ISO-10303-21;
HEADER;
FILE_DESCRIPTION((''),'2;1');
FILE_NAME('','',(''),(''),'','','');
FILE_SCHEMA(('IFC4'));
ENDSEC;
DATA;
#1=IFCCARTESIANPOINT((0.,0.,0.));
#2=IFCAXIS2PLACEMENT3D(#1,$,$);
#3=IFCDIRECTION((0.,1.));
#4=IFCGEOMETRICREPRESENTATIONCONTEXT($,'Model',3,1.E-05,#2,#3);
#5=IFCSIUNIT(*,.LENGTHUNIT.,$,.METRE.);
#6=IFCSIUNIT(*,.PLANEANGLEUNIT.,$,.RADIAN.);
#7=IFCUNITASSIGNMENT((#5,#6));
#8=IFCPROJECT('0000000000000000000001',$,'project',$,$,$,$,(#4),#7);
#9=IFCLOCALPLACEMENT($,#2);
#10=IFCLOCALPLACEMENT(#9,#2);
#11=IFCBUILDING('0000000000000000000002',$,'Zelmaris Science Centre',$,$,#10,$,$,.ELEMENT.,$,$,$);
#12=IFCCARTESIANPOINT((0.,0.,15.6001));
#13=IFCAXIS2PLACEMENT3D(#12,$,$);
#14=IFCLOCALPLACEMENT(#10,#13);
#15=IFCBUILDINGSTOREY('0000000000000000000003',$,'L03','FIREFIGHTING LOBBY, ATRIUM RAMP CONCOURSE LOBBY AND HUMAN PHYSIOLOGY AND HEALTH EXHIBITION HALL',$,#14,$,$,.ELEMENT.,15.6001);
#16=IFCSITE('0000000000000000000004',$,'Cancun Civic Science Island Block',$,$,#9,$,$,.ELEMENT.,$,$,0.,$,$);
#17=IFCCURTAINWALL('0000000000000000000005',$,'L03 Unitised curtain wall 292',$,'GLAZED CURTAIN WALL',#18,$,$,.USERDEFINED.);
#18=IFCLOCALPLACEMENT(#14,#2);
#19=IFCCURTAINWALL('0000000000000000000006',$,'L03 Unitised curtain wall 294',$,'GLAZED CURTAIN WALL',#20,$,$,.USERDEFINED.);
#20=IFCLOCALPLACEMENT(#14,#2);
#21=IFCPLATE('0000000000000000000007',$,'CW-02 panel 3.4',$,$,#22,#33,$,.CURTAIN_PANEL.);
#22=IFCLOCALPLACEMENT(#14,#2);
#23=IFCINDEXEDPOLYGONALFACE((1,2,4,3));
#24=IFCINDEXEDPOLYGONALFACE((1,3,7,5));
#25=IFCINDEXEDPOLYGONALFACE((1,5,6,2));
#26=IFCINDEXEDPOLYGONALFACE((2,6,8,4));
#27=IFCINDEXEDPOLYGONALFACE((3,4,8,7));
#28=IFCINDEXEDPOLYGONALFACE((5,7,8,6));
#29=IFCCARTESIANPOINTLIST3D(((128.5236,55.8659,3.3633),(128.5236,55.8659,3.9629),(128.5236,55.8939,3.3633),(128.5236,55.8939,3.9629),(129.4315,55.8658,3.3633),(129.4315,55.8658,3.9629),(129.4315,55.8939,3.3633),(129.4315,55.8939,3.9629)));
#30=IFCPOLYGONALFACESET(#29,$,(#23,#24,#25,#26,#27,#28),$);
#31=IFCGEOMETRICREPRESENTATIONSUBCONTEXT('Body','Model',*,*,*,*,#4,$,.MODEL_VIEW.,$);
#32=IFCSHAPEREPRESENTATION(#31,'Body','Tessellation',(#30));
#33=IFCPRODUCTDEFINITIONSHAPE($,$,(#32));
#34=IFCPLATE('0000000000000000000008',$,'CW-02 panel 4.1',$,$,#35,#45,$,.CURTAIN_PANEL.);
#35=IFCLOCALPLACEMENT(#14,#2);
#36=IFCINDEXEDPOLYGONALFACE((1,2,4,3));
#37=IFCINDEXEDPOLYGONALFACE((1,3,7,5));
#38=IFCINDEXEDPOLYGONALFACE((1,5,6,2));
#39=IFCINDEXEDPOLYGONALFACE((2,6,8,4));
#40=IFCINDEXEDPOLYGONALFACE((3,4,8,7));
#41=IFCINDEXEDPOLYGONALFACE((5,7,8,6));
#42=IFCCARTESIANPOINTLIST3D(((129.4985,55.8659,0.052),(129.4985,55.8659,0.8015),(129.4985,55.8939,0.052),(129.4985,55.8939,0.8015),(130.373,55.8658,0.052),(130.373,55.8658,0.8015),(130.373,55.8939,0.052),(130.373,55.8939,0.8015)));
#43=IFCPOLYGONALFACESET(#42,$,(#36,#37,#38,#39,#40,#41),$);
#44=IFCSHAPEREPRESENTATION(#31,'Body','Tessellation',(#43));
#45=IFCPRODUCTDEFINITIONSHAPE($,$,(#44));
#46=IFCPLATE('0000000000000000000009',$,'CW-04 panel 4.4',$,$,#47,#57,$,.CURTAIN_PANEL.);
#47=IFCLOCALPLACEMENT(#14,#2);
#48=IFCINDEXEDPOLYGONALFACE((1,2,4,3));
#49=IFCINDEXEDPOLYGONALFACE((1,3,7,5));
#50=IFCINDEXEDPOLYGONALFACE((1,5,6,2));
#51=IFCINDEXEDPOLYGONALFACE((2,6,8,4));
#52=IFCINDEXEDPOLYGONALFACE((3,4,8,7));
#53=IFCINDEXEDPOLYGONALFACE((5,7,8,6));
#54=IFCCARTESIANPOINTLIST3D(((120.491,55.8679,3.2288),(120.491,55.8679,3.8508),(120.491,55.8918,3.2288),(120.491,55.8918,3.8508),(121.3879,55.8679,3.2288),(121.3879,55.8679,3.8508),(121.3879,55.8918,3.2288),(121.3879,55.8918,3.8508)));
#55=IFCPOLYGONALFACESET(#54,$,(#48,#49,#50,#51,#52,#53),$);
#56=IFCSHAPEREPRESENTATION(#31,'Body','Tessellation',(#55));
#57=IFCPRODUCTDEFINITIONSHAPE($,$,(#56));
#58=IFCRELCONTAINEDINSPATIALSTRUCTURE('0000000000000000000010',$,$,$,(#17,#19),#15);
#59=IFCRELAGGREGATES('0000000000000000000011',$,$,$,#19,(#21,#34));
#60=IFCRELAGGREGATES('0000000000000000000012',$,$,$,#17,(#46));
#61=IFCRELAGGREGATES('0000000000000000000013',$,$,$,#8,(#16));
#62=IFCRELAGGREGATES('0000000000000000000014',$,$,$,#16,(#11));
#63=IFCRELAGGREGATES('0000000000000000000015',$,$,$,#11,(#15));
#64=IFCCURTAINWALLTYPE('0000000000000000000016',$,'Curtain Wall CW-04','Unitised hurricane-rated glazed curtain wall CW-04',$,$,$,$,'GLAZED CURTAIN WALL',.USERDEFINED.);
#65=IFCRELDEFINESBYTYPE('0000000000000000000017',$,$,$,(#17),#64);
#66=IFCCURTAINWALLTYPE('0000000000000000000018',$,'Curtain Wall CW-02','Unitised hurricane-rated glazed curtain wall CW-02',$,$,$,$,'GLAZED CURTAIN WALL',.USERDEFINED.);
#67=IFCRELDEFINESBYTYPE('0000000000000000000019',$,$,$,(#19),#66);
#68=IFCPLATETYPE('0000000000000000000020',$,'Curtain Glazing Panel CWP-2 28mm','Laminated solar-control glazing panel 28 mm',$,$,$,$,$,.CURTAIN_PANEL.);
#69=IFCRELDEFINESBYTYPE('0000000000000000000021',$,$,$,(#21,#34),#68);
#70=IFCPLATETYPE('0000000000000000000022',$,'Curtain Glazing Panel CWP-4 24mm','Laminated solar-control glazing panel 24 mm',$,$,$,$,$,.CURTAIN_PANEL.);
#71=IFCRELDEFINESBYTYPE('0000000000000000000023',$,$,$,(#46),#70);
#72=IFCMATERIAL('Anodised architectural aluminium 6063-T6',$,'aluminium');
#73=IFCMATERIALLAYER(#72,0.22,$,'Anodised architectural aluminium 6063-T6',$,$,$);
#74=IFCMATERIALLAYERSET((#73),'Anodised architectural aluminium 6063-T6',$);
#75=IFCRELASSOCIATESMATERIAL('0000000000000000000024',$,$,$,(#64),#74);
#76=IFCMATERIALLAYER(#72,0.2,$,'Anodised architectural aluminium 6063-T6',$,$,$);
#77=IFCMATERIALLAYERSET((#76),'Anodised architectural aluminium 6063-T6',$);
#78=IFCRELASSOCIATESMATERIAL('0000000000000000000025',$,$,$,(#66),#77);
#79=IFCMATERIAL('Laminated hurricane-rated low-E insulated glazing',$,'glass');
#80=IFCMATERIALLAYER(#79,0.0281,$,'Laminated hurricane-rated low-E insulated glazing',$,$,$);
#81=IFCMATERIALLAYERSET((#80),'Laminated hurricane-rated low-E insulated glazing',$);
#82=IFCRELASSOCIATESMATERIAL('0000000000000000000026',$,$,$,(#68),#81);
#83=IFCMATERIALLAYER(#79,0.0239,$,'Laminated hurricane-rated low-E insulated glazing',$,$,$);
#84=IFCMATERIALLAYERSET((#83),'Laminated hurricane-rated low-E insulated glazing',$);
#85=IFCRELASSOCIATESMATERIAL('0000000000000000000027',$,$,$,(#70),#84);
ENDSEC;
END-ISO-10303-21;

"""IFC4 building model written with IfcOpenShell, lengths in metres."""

from ifc_helpers import new_model, si_unit, direction, frame, origin, origin_2d, place, context, subcontext, project, spatial, rectangle, extrude, material, layer, layer_set, type_object, element, aggregate, save


model = new_model("IFC4")

# Units and contexts
model_context = context("Model", 3, precision=1e-05, world=origin(), true_north=direction((0.0, 1.0)))
body_context = subcontext(model_context, "Body", "Model", "MODEL_VIEW")
ifc_project = project(units=[si_unit("LENGTHUNIT", "METRE"), si_unit("PLANEANGLEUNIT", "RADIAN")], contexts=[model_context])

# Site, building, storey
site_placement = place(None, origin())
site = spatial("IfcSite", under=ifc_project, at=site_placement, Name="Cancun Civic Science Island Block", CompositionType="ELEMENT", RefElevation=0.0)
building_placement = place(site_placement, origin())
building = spatial("IfcBuilding", under=site, at=building_placement, Name="Zelmaris Science Centre", CompositionType="ELEMENT")
storey_placement = place(building_placement, frame((0.0, 0.0, 15.6001)))
storey = spatial("IfcBuildingStorey", under=building, at=storey_placement, Name="L03", Description="FIREFIGHTING LOBBY, ATRIUM RAMP CONCOURSE LOBBY AND HUMAN PHYSIOLOGY AND HEALTH EXHIBITION HALL", CompositionType="ELEMENT", Elevation=15.6001)

# Curtain wall
ifc_material_1 = material(Name="Anodised architectural aluminium 6063-T6", Category="aluminium")
ifc_layer_1 = layer(ifc_material_1, 0.22, Name="Anodised architectural aluminium 6063-T6")
ifc_layer_set_1 = layer_set([ifc_layer_1], Name="Anodised architectural aluminium 6063-T6")
curtain_wall_type_1 = type_object("IfcCurtainWallType", Name="Curtain Wall CW-04", Description="Unitised hurricane-rated glazed curtain wall CW-04", ElementType="GLAZED CURTAIN WALL", PredefinedType="USERDEFINED", material=ifc_layer_set_1)
curtain_wall_1_placement = place(storey_placement, origin())
curtain_wall_1 = element("IfcCurtainWall", 1, at=curtain_wall_1_placement, inside=storey, type_object=curtain_wall_type_1, Name="L03 Unitised curtain wall 292", ObjectType="GLAZED CURTAIN WALL", PredefinedType="USERDEFINED")

# Curtain wall, plates
ifc_layer_2 = layer(ifc_material_1, 0.2, Name="Anodised architectural aluminium 6063-T6")
ifc_layer_set_2 = layer_set([ifc_layer_2], Name="Anodised architectural aluminium 6063-T6")
curtain_wall_type_2 = type_object("IfcCurtainWallType", Name="Curtain Wall CW-02", Description="Unitised hurricane-rated glazed curtain wall CW-02", ElementType="GLAZED CURTAIN WALL", PredefinedType="USERDEFINED", material=ifc_layer_set_2)
curtain_wall_2_placement = place(storey_placement, origin())
curtain_wall_2 = element("IfcCurtainWall", 2, at=curtain_wall_2_placement, inside=storey, type_object=curtain_wall_type_2, Name="L03 Unitised curtain wall 294", ObjectType="GLAZED CURTAIN WALL", PredefinedType="USERDEFINED")
ifc_material_2 = material(Name="Laminated hurricane-rated low-E insulated glazing", Category="glass")
ifc_layer_3 = layer(ifc_material_2, 0.0281, Name="Laminated hurricane-rated low-E insulated glazing")
ifc_layer_set_3 = layer_set([ifc_layer_3], Name="Laminated hurricane-rated low-E insulated glazing")
plate_type_1 = type_object("IfcPlateType", Name="Curtain Glazing Panel CWP-2 28mm", Description="Laminated solar-control glazing panel 28 mm", PredefinedType="CURTAIN_PANEL", material=ifc_layer_set_3)
plate_1_placement = place(storey_placement, frame((128.9775, 55.8799, 3.3633), z_axis=(0.0, 0.0, 1.0), x_axis=(1.0, -0.000026, 0.0)))
plate_1 = element("IfcPlate", 3, at=plate_1_placement, type_object=plate_type_1, Name="CW-02 panel 3.4", PredefinedType="CURTAIN_PANEL", context=body_context, shape_type="SweptSolid", body=[
    extrude(rectangle(XDim=0.908, YDim=0.0281, at=origin_2d()), origin(), (0.0, 0.0, 1.0), 0.5996),
])
plate_2_placement = place(storey_placement, frame((129.9358, 55.8799, 0.052), z_axis=(0.0, 0.0, 1.0), x_axis=(1.0, -0.000026, 0.0)))
plate_2 = element("IfcPlate", 4, at=plate_2_placement, type_object=plate_type_1, Name="CW-02 panel 4.1", PredefinedType="CURTAIN_PANEL", context=body_context, shape_type="SweptSolid", body=[
    extrude(rectangle(XDim=0.8745, YDim=0.0281, at=origin_2d()), origin(), (0.0, 0.0, 1.0), 0.7495),
])
aggregate(curtain_wall_2, [plate_1, plate_2])

# Plate
ifc_layer_4 = layer(ifc_material_2, 0.0239, Name="Laminated hurricane-rated low-E insulated glazing")
ifc_layer_set_4 = layer_set([ifc_layer_4], Name="Laminated hurricane-rated low-E insulated glazing")
plate_type_2 = type_object("IfcPlateType", Name="Curtain Glazing Panel CWP-4 24mm", Description="Laminated solar-control glazing panel 24 mm", PredefinedType="CURTAIN_PANEL", material=ifc_layer_set_4)
plate_3_placement = place(storey_placement, frame((120.9395, 55.8799, 3.2288), z_axis=(0.0, 0.0, 1.0), x_axis=(1.0, 0.0, 0.0)))
plate_3 = element("IfcPlate", 5, at=plate_3_placement, type_object=plate_type_2, Name="CW-04 panel 4.4", PredefinedType="CURTAIN_PANEL", context=body_context, shape_type="SweptSolid", body=[
    extrude(rectangle(XDim=0.897, YDim=0.0239, at=origin_2d()), origin(), (0.0, 0.0, 1.0), 0.6221),
])
aggregate(curtain_wall_1, [plate_3])

save(model, "model.ifc")
